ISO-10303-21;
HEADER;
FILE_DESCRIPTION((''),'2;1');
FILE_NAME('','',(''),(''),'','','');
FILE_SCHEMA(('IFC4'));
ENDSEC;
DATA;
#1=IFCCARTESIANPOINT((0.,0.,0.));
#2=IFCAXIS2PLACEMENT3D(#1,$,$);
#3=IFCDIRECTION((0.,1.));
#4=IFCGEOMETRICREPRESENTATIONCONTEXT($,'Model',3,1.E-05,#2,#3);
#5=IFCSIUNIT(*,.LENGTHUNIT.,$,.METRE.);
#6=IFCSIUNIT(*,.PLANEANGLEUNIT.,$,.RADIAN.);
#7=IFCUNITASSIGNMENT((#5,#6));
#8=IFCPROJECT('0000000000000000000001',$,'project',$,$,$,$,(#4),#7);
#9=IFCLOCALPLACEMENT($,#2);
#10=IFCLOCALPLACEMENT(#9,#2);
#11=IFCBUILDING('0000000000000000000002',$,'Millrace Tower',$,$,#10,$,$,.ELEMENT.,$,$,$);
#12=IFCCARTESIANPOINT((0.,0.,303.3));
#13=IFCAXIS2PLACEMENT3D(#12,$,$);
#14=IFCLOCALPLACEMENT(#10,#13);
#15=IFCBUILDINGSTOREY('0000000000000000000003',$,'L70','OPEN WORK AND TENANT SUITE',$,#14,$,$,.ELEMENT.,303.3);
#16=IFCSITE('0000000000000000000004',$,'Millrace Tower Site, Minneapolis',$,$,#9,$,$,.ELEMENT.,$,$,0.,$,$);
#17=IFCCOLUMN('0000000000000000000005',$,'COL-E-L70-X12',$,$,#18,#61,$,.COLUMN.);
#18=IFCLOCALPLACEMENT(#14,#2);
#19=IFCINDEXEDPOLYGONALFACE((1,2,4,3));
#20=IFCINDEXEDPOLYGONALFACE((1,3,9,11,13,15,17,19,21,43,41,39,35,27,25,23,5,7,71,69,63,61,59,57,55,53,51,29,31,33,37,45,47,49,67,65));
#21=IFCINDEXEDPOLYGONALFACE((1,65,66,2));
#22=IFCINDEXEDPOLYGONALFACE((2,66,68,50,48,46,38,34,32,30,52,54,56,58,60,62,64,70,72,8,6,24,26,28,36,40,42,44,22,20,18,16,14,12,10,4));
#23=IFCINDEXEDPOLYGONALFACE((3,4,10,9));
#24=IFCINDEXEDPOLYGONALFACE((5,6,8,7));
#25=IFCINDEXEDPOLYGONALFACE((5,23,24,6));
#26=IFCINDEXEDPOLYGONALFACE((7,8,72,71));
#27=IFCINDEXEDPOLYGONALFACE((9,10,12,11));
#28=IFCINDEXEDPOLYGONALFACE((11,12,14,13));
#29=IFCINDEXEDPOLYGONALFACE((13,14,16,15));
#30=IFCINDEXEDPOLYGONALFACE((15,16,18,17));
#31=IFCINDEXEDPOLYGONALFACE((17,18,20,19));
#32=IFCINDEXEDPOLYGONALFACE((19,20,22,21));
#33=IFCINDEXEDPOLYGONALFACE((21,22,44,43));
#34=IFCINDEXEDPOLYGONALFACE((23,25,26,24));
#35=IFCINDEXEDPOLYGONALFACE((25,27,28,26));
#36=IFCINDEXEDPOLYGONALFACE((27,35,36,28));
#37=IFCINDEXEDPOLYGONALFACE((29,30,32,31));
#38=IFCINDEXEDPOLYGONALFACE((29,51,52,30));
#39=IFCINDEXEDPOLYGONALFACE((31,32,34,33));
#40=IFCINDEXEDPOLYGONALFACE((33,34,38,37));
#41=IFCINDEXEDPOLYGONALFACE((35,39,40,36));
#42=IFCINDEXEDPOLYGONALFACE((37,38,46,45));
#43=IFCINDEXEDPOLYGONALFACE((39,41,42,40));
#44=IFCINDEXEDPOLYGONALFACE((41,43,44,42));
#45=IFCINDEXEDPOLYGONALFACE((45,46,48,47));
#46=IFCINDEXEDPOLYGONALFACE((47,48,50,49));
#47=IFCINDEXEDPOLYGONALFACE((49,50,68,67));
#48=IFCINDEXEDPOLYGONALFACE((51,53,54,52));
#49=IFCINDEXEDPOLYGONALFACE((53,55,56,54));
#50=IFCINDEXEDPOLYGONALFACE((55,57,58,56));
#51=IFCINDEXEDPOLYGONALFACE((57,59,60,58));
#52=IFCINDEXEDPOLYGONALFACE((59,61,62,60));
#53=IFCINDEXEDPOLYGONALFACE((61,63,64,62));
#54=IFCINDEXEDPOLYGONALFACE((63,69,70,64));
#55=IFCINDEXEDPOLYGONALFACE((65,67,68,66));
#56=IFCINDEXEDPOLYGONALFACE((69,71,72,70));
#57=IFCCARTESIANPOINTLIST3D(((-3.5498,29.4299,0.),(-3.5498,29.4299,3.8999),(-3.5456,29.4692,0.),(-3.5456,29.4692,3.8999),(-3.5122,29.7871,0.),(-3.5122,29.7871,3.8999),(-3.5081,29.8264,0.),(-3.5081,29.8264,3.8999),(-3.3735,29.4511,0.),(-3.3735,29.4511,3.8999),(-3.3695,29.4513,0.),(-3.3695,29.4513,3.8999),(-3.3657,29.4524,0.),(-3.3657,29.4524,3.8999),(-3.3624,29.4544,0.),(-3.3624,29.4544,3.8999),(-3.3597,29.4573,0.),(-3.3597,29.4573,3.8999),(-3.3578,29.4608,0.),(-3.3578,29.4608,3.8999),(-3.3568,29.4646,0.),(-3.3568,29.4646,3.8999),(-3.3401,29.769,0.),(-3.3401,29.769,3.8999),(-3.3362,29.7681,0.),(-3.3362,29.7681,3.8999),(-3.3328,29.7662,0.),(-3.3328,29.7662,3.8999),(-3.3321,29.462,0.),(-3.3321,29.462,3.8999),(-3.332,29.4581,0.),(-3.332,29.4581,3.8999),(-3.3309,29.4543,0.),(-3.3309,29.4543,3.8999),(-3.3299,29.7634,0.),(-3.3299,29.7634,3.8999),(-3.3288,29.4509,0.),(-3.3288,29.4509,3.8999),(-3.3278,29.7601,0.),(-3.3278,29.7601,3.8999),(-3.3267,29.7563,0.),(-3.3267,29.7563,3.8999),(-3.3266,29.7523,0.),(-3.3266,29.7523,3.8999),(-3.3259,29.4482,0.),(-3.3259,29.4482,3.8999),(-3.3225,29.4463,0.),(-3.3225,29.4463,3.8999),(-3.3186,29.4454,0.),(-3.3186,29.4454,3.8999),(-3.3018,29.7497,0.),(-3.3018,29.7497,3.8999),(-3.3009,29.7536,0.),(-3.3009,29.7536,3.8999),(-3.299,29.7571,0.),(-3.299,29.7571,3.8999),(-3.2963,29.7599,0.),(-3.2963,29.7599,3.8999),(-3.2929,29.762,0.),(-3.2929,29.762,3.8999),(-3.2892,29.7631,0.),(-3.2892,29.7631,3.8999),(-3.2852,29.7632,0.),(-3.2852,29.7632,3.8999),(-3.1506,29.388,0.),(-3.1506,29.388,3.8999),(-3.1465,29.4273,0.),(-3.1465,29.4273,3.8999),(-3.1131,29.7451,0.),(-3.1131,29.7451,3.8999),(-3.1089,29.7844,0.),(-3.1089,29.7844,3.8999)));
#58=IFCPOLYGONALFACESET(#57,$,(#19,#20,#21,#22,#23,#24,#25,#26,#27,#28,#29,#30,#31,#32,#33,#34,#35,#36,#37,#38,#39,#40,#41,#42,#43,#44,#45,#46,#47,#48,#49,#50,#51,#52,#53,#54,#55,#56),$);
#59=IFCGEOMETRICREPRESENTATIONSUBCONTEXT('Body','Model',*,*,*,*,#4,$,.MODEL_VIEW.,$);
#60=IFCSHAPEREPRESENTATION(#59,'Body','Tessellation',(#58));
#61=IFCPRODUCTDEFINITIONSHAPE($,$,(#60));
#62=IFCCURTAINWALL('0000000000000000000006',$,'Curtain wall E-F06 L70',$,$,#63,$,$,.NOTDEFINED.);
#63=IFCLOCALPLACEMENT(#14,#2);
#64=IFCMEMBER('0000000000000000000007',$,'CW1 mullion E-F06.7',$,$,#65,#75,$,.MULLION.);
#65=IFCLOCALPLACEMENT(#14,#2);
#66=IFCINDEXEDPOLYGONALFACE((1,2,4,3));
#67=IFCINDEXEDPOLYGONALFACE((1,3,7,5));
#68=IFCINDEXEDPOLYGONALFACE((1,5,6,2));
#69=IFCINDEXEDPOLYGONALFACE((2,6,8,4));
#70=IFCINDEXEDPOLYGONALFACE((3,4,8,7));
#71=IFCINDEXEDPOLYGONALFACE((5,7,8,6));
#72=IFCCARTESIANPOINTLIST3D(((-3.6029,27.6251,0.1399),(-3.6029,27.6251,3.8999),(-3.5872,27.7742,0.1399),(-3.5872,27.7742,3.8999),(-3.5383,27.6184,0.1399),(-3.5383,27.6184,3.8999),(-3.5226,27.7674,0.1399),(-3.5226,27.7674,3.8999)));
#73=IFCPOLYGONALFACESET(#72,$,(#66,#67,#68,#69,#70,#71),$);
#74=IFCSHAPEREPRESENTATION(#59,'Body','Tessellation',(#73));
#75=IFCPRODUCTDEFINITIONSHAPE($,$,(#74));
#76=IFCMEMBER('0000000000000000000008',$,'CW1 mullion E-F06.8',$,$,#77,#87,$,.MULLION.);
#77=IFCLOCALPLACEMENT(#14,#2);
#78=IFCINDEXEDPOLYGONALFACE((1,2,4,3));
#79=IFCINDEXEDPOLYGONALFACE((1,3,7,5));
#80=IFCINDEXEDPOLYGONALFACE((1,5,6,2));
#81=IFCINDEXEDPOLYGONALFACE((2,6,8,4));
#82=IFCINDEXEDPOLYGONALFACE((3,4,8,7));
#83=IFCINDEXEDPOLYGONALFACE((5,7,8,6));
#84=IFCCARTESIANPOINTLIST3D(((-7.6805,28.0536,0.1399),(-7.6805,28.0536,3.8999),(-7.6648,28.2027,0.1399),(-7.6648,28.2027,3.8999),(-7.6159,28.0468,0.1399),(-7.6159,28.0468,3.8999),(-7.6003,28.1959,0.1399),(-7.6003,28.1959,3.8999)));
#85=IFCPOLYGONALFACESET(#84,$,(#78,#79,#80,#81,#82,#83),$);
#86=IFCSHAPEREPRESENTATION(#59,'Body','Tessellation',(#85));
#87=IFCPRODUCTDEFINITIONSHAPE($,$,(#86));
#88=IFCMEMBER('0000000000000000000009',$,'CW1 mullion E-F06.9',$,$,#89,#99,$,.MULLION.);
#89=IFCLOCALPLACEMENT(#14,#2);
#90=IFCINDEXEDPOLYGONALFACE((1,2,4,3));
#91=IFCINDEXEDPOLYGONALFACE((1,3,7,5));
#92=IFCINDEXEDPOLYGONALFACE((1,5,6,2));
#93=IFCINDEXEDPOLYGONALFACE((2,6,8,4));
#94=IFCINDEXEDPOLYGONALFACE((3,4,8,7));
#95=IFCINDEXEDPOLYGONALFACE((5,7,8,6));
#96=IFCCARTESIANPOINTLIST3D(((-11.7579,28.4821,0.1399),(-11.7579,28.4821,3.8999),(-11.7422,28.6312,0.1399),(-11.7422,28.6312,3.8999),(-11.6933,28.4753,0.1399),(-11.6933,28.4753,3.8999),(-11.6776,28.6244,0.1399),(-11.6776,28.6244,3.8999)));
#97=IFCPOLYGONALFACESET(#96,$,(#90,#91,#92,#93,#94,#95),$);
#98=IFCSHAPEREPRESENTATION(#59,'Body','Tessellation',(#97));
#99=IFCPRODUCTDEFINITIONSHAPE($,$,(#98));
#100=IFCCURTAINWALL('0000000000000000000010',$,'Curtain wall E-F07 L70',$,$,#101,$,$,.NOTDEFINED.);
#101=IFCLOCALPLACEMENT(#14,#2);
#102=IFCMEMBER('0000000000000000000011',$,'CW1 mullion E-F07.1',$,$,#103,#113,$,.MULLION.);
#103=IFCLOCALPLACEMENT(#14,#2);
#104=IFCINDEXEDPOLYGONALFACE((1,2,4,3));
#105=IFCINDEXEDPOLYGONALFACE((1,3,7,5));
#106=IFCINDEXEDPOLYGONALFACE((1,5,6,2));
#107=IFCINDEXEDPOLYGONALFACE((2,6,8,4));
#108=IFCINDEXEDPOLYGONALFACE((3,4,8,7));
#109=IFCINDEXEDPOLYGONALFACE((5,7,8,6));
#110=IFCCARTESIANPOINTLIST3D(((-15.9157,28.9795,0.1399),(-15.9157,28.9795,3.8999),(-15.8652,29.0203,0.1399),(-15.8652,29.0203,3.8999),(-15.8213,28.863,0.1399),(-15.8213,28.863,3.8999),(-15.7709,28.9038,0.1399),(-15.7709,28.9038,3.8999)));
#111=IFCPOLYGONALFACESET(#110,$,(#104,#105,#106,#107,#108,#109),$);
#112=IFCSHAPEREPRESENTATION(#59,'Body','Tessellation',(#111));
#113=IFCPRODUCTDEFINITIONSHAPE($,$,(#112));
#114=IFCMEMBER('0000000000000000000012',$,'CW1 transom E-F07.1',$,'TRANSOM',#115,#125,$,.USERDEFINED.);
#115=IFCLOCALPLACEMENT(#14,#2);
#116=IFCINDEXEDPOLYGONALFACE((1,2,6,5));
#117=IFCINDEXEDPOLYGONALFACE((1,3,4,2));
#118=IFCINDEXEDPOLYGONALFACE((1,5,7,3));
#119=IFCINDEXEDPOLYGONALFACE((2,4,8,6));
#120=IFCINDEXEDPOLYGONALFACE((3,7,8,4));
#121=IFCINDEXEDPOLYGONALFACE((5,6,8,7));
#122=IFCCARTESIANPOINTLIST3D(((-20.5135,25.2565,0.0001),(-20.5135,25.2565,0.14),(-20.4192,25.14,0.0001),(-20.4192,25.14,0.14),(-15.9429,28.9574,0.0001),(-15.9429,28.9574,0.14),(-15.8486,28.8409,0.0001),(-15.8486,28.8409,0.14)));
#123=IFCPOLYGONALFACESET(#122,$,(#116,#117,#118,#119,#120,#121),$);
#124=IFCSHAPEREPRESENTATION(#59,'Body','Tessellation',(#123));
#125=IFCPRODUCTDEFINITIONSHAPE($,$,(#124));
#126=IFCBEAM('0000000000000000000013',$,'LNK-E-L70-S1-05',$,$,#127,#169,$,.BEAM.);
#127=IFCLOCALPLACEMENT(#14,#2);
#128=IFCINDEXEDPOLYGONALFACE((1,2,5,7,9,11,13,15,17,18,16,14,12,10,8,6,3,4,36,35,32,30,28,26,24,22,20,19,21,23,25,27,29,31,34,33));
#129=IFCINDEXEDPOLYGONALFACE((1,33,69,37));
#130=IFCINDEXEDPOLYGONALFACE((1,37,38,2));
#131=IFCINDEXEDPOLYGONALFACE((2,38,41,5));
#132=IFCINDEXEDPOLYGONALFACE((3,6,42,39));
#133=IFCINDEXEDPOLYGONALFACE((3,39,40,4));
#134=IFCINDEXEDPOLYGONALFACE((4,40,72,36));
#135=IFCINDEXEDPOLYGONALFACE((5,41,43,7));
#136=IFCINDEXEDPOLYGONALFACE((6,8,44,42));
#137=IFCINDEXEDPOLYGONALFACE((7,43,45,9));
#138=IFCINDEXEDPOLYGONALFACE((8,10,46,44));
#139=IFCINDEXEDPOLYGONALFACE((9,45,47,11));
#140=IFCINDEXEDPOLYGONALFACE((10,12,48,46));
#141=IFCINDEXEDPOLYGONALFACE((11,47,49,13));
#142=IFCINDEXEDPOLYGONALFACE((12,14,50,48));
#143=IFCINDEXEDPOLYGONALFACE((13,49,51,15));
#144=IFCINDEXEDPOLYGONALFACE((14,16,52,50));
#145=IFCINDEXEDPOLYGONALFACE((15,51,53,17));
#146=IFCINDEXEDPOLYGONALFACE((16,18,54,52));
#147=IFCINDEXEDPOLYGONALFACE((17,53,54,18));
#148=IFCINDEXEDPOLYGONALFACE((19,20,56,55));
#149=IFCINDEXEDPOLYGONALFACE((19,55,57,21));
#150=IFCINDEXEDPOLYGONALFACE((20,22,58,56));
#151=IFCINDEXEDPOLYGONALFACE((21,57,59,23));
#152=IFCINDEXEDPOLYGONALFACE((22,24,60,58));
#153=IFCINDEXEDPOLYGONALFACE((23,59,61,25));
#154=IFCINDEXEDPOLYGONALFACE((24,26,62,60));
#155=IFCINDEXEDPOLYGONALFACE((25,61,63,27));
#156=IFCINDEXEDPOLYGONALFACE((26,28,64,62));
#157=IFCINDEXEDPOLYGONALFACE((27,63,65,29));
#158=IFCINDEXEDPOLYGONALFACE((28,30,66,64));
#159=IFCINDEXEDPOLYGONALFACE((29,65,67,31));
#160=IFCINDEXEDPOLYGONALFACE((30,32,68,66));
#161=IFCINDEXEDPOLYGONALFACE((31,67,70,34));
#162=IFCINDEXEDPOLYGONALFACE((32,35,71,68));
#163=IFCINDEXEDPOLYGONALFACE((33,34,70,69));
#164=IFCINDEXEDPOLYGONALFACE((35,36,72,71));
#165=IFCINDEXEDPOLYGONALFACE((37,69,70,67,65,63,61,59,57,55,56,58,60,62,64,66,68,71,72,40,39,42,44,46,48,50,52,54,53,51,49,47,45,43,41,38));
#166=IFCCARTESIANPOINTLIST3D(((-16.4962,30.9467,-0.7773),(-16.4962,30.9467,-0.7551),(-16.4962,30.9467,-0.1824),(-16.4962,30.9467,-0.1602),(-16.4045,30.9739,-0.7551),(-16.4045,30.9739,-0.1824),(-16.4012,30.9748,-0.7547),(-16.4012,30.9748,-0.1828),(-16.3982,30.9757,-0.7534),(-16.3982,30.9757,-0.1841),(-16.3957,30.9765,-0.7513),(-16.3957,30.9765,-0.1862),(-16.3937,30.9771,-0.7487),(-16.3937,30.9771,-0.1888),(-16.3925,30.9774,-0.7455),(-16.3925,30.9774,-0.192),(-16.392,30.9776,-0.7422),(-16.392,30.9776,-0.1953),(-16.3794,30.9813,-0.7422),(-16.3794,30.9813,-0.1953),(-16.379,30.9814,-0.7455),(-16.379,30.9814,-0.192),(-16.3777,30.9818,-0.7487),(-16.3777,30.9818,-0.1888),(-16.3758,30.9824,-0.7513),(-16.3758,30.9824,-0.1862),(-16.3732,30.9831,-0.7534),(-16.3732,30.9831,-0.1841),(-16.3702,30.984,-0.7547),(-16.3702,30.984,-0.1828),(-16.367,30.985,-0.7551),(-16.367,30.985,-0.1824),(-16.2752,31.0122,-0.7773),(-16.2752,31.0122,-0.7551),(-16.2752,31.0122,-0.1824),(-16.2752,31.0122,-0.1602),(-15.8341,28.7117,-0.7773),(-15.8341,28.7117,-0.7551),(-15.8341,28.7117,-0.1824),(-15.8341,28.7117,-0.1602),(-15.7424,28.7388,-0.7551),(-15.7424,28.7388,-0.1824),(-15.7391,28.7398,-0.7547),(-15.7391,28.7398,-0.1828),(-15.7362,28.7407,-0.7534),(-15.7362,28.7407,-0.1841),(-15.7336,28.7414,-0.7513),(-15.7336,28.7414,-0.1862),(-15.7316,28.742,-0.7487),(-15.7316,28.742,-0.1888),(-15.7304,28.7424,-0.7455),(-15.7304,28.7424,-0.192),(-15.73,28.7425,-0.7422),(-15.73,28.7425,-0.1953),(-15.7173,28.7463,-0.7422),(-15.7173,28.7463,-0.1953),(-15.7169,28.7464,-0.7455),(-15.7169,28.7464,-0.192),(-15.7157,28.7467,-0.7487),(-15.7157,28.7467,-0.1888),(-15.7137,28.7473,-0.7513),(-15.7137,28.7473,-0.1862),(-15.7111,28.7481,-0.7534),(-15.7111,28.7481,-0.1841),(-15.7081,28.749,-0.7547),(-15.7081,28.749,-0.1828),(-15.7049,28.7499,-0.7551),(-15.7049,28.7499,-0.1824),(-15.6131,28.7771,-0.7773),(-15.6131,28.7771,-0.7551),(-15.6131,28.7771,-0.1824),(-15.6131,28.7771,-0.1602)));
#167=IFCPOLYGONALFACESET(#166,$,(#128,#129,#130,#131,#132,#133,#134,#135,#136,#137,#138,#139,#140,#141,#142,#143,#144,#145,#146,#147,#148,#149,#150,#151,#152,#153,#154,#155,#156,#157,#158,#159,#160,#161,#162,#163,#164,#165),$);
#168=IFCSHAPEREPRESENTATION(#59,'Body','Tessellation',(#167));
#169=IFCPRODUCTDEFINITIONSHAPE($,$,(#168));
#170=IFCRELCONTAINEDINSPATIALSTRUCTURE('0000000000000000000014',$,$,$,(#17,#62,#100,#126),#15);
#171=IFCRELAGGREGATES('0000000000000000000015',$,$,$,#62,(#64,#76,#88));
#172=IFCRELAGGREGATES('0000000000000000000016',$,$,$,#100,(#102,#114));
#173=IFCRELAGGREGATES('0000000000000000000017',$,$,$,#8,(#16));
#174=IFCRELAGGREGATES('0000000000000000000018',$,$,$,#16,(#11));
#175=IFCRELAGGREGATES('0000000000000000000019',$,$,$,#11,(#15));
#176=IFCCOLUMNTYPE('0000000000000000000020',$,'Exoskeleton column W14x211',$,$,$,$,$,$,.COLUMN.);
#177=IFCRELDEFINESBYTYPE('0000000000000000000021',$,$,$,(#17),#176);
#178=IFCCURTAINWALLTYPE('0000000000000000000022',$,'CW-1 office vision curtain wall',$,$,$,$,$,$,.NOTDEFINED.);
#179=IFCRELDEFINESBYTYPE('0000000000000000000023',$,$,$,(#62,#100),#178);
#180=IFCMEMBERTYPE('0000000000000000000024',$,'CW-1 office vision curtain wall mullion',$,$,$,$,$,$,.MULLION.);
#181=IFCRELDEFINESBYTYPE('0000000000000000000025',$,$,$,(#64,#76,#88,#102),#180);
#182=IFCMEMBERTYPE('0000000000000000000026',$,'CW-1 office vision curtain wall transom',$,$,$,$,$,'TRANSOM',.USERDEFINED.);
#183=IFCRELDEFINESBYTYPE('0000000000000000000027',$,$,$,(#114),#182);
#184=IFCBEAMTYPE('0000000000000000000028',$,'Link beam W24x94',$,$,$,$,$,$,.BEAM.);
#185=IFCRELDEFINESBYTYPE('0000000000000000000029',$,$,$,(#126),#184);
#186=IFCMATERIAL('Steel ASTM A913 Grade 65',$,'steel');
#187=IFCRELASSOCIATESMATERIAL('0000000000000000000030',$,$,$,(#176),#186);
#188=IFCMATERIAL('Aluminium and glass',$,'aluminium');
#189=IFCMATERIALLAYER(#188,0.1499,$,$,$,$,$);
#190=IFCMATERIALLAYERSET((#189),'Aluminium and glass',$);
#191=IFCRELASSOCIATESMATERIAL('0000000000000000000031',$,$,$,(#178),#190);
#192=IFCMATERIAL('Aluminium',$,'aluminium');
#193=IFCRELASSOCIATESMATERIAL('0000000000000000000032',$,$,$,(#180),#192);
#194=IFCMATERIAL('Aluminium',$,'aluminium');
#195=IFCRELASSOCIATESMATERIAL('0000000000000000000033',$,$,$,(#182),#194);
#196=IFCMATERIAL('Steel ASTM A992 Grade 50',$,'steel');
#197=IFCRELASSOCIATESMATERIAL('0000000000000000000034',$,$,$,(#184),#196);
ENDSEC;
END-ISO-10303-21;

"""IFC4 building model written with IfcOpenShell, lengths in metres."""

from ifc_helpers import new_model, si_unit, direction, frame, origin, origin_2d, place, context, subcontext, project, spatial, rectangle, i_section, extrude, material, layer, layer_set, material_profile, profile_set, type_object, element, aggregate, save


model = new_model("IFC4")

# Units and contexts
model_context = context("Model", 3, precision=1e-05, world=origin(), true_north=direction((0.0, 1.0)))
body_context = subcontext(model_context, "Body", "Model", "MODEL_VIEW")
ifc_project = project(units=[si_unit("LENGTHUNIT", "METRE"), si_unit("PLANEANGLEUNIT", "RADIAN")], contexts=[model_context])

# Site, building, storey
site_placement = place(None, origin())
site = spatial("IfcSite", under=ifc_project, at=site_placement, Name="Millrace Tower Site, Minneapolis", CompositionType="ELEMENT", RefElevation=0.0)
building_placement = place(site_placement, origin())
building = spatial("IfcBuilding", under=site, at=building_placement, Name="Millrace Tower", CompositionType="ELEMENT")
storey_placement = place(building_placement, frame((0.0, 0.0, 303.3)))
storey = spatial("IfcBuildingStorey", under=building, at=storey_placement, Name="L70", Description="OPEN WORK AND TENANT SUITE", CompositionType="ELEMENT", Elevation=303.3)

# Column
ifc_material_1 = material(Name="Steel ASTM A913 Grade 65", Category="steel")
ifc_material_profile_1 = material_profile(ifc_material_1, i_section(OverallWidth=0.4014, OverallDepth=0.3987, WebThickness=0.0249, FlangeThickness=0.0396, FilletRadius=0.0151, at=origin_2d()))
ifc_profile_set_1 = profile_set([ifc_material_profile_1], Name="Steel ASTM A913 Grade 65")
column_type = type_object("IfcColumnType", Name="Exoskeleton column W14x211", PredefinedType="COLUMN", material=ifc_profile_set_1)
column_placement = place(storey_placement, frame((-3.3293, 29.6072, 0.0), z_axis=(0.0, 0.0, 1.0), x_axis=(-0.994522, 0.104528, 0.0)))
element("IfcColumn", 1, at=column_placement, inside=storey, type_object=column_type, Name="COL-E-L70-X12", PredefinedType="COLUMN", context=body_context, shape_type="SweptSolid", body=[
    extrude(i_section(OverallWidth=0.4014, OverallDepth=0.3987, WebThickness=0.0249, FlangeThickness=0.0396, FilletRadius=0.0151, at=origin_2d()), origin(), (0.0, 0.0, 1.0), 3.8999),
])

# Curtain walls, members
ifc_material_2 = material(Name="Aluminium and glass", Category="aluminium")
ifc_layer_1 = layer(ifc_material_2, 0.1499)
ifc_layer_set_1 = layer_set([ifc_layer_1], Name="Aluminium and glass")
curtain_wall_type = type_object("IfcCurtainWallType", Name="CW-1 office vision curtain wall", PredefinedType="NOTDEFINED", material=ifc_layer_set_1)
placement = place(storey_placement, origin())
curtain_wall_1 = element("IfcCurtainWall", 2, at=placement, inside=storey, type_object=curtain_wall_type, Name="Curtain wall E-F06 L70", PredefinedType="NOTDEFINED")
ifc_material_3 = material(Name="Aluminium", Category="aluminium")
ifc_material_profile_2 = material_profile(ifc_material_3, rectangle(XDim=0.0649, YDim=0.1499, at=origin_2d()))
ifc_profile_set_2 = profile_set([ifc_material_profile_2], Name="Aluminium")
member_type_1 = type_object("IfcMemberType", Name="CW-1 office vision curtain wall mullion", PredefinedType="MULLION", material=ifc_profile_set_2)
member_1_placement = place(storey_placement, frame((-3.5627, 27.6963, 0.1399), z_axis=(0.0, 0.0, 1.0), x_axis=(-0.994522, 0.104528, 0.0)))
member_1 = element("IfcMember", 3, at=member_1_placement, type_object=member_type_1, Name="CW1 mullion E-F06.7", PredefinedType="MULLION", context=body_context, shape_type="SweptSolid", body=[
    extrude(rectangle(XDim=0.0649, YDim=0.1499, at=origin_2d()), origin(), (0.0, 0.0, 1.0), 3.76),
])
member_2_placement = place(storey_placement, frame((-7.6404, 28.1248, 0.1399), z_axis=(0.0, 0.0, 1.0), x_axis=(-0.994522, 0.104528, 0.0)))
member_2 = element("IfcMember", 4, at=member_2_placement, type_object=member_type_1, Name="CW1 mullion E-F06.8", PredefinedType="MULLION", context=body_context, shape_type="SweptSolid", body=[
    extrude(rectangle(XDim=0.0649, YDim=0.1499, at=origin_2d()), origin(), (0.0, 0.0, 1.0), 3.76),
])
member_3_placement = place(storey_placement, frame((-11.7178, 28.5532, 0.1399), z_axis=(0.0, 0.0, 1.0), x_axis=(-0.994522, 0.104528, 0.0)))
member_3 = element("IfcMember", 5, at=member_3_placement, type_object=member_type_1, Name="CW1 mullion E-F06.9", PredefinedType="MULLION", context=body_context, shape_type="SweptSolid", body=[
    extrude(rectangle(XDim=0.0649, YDim=0.1499, at=origin_2d()), origin(), (0.0, 0.0, 1.0), 3.76),
])
aggregate(curtain_wall_1, [member_1, member_2, member_3])
curtain_wall_2 = element("IfcCurtainWall", 6, at=placement, inside=storey, type_object=curtain_wall_type, Name="Curtain wall E-F07 L70", PredefinedType="NOTDEFINED")
member_4_placement = place(storey_placement, frame((-15.8433, 28.9417, 0.1399), z_axis=(0.0, 0.0, 1.0), x_axis=(-0.777146, -0.62932, 0.0)))
member_4 = element("IfcMember", 7, at=member_4_placement, type_object=member_type_1, Name="CW1 mullion E-F07.1", PredefinedType="MULLION", context=body_context, shape_type="SweptSolid", body=[
    extrude(rectangle(XDim=0.0649, YDim=0.1499, at=origin_2d()), origin(), (0.0, 0.0, 1.0), 3.76),
])
ifc_material_4 = material(Name="Aluminium", Category="aluminium")
ifc_material_profile_3 = material_profile(ifc_material_4, rectangle(XDim=0.1499, YDim=0.1399, at=origin_2d()))
ifc_profile_set_3 = profile_set([ifc_material_profile_3], Name="Aluminium")
member_type_2 = type_object("IfcMemberType", Name="CW-1 office vision curtain wall transom", ElementType="TRANSOM", PredefinedType="USERDEFINED", material=ifc_profile_set_3)
member_5_placement = place(storey_placement, frame((-15.8958, 28.8992, 0.0701), z_axis=(-0.777166, -0.629296, 0.0), x_axis=(0.629296, -0.777166, 0.0)))
member_5 = element("IfcMember", 8, at=member_5_placement, type_object=member_type_2, Name="CW1 transom E-F07.1", ObjectType="TRANSOM", PredefinedType="USERDEFINED", context=body_context, shape_type="SweptSolid", body=[
    extrude(rectangle(XDim=0.1499, YDim=0.1399, at=origin_2d()), origin(), (0.0, 0.0, 1.0), 5.8811),
])
aggregate(curtain_wall_2, [member_4, member_5])

# Beam
ifc_material_5 = material(Name="Steel ASTM A992 Grade 50", Category="steel")
ifc_material_profile_4 = material_profile(ifc_material_5, i_section(OverallWidth=0.2305, OverallDepth=0.6172, WebThickness=0.0132, FlangeThickness=0.0222, FilletRadius=0.0129, at=origin_2d()))
ifc_profile_set_4 = profile_set([ifc_material_profile_4], Name="Steel ASTM A992 Grade 50")
beam_type_1 = type_object("IfcBeamType", Name="Link beam W24x94", PredefinedType="BEAM", material=ifc_profile_set_4)
beam_1_placement = place(storey_placement, frame((-15.7236, 28.7444, -0.4688), z_axis=(-0.284031, 0.958815, 0.0), x_axis=(-0.958815, -0.284031, 0.0)))
element("IfcBeam", 9, at=beam_1_placement, inside=storey, type_object=beam_type_1, Name="LNK-E-L70-S1-05", PredefinedType="BEAM", context=body_context, shape_type="SweptSolid", body=[
    extrude(i_section(OverallWidth=0.2305, OverallDepth=0.6172, WebThickness=0.0132, FlangeThickness=0.0222, FilletRadius=0.0129, at=origin_2d()), origin(), (0.0, 0.0, 1.0), 2.3311),
])

save(model, "model.ifc")
